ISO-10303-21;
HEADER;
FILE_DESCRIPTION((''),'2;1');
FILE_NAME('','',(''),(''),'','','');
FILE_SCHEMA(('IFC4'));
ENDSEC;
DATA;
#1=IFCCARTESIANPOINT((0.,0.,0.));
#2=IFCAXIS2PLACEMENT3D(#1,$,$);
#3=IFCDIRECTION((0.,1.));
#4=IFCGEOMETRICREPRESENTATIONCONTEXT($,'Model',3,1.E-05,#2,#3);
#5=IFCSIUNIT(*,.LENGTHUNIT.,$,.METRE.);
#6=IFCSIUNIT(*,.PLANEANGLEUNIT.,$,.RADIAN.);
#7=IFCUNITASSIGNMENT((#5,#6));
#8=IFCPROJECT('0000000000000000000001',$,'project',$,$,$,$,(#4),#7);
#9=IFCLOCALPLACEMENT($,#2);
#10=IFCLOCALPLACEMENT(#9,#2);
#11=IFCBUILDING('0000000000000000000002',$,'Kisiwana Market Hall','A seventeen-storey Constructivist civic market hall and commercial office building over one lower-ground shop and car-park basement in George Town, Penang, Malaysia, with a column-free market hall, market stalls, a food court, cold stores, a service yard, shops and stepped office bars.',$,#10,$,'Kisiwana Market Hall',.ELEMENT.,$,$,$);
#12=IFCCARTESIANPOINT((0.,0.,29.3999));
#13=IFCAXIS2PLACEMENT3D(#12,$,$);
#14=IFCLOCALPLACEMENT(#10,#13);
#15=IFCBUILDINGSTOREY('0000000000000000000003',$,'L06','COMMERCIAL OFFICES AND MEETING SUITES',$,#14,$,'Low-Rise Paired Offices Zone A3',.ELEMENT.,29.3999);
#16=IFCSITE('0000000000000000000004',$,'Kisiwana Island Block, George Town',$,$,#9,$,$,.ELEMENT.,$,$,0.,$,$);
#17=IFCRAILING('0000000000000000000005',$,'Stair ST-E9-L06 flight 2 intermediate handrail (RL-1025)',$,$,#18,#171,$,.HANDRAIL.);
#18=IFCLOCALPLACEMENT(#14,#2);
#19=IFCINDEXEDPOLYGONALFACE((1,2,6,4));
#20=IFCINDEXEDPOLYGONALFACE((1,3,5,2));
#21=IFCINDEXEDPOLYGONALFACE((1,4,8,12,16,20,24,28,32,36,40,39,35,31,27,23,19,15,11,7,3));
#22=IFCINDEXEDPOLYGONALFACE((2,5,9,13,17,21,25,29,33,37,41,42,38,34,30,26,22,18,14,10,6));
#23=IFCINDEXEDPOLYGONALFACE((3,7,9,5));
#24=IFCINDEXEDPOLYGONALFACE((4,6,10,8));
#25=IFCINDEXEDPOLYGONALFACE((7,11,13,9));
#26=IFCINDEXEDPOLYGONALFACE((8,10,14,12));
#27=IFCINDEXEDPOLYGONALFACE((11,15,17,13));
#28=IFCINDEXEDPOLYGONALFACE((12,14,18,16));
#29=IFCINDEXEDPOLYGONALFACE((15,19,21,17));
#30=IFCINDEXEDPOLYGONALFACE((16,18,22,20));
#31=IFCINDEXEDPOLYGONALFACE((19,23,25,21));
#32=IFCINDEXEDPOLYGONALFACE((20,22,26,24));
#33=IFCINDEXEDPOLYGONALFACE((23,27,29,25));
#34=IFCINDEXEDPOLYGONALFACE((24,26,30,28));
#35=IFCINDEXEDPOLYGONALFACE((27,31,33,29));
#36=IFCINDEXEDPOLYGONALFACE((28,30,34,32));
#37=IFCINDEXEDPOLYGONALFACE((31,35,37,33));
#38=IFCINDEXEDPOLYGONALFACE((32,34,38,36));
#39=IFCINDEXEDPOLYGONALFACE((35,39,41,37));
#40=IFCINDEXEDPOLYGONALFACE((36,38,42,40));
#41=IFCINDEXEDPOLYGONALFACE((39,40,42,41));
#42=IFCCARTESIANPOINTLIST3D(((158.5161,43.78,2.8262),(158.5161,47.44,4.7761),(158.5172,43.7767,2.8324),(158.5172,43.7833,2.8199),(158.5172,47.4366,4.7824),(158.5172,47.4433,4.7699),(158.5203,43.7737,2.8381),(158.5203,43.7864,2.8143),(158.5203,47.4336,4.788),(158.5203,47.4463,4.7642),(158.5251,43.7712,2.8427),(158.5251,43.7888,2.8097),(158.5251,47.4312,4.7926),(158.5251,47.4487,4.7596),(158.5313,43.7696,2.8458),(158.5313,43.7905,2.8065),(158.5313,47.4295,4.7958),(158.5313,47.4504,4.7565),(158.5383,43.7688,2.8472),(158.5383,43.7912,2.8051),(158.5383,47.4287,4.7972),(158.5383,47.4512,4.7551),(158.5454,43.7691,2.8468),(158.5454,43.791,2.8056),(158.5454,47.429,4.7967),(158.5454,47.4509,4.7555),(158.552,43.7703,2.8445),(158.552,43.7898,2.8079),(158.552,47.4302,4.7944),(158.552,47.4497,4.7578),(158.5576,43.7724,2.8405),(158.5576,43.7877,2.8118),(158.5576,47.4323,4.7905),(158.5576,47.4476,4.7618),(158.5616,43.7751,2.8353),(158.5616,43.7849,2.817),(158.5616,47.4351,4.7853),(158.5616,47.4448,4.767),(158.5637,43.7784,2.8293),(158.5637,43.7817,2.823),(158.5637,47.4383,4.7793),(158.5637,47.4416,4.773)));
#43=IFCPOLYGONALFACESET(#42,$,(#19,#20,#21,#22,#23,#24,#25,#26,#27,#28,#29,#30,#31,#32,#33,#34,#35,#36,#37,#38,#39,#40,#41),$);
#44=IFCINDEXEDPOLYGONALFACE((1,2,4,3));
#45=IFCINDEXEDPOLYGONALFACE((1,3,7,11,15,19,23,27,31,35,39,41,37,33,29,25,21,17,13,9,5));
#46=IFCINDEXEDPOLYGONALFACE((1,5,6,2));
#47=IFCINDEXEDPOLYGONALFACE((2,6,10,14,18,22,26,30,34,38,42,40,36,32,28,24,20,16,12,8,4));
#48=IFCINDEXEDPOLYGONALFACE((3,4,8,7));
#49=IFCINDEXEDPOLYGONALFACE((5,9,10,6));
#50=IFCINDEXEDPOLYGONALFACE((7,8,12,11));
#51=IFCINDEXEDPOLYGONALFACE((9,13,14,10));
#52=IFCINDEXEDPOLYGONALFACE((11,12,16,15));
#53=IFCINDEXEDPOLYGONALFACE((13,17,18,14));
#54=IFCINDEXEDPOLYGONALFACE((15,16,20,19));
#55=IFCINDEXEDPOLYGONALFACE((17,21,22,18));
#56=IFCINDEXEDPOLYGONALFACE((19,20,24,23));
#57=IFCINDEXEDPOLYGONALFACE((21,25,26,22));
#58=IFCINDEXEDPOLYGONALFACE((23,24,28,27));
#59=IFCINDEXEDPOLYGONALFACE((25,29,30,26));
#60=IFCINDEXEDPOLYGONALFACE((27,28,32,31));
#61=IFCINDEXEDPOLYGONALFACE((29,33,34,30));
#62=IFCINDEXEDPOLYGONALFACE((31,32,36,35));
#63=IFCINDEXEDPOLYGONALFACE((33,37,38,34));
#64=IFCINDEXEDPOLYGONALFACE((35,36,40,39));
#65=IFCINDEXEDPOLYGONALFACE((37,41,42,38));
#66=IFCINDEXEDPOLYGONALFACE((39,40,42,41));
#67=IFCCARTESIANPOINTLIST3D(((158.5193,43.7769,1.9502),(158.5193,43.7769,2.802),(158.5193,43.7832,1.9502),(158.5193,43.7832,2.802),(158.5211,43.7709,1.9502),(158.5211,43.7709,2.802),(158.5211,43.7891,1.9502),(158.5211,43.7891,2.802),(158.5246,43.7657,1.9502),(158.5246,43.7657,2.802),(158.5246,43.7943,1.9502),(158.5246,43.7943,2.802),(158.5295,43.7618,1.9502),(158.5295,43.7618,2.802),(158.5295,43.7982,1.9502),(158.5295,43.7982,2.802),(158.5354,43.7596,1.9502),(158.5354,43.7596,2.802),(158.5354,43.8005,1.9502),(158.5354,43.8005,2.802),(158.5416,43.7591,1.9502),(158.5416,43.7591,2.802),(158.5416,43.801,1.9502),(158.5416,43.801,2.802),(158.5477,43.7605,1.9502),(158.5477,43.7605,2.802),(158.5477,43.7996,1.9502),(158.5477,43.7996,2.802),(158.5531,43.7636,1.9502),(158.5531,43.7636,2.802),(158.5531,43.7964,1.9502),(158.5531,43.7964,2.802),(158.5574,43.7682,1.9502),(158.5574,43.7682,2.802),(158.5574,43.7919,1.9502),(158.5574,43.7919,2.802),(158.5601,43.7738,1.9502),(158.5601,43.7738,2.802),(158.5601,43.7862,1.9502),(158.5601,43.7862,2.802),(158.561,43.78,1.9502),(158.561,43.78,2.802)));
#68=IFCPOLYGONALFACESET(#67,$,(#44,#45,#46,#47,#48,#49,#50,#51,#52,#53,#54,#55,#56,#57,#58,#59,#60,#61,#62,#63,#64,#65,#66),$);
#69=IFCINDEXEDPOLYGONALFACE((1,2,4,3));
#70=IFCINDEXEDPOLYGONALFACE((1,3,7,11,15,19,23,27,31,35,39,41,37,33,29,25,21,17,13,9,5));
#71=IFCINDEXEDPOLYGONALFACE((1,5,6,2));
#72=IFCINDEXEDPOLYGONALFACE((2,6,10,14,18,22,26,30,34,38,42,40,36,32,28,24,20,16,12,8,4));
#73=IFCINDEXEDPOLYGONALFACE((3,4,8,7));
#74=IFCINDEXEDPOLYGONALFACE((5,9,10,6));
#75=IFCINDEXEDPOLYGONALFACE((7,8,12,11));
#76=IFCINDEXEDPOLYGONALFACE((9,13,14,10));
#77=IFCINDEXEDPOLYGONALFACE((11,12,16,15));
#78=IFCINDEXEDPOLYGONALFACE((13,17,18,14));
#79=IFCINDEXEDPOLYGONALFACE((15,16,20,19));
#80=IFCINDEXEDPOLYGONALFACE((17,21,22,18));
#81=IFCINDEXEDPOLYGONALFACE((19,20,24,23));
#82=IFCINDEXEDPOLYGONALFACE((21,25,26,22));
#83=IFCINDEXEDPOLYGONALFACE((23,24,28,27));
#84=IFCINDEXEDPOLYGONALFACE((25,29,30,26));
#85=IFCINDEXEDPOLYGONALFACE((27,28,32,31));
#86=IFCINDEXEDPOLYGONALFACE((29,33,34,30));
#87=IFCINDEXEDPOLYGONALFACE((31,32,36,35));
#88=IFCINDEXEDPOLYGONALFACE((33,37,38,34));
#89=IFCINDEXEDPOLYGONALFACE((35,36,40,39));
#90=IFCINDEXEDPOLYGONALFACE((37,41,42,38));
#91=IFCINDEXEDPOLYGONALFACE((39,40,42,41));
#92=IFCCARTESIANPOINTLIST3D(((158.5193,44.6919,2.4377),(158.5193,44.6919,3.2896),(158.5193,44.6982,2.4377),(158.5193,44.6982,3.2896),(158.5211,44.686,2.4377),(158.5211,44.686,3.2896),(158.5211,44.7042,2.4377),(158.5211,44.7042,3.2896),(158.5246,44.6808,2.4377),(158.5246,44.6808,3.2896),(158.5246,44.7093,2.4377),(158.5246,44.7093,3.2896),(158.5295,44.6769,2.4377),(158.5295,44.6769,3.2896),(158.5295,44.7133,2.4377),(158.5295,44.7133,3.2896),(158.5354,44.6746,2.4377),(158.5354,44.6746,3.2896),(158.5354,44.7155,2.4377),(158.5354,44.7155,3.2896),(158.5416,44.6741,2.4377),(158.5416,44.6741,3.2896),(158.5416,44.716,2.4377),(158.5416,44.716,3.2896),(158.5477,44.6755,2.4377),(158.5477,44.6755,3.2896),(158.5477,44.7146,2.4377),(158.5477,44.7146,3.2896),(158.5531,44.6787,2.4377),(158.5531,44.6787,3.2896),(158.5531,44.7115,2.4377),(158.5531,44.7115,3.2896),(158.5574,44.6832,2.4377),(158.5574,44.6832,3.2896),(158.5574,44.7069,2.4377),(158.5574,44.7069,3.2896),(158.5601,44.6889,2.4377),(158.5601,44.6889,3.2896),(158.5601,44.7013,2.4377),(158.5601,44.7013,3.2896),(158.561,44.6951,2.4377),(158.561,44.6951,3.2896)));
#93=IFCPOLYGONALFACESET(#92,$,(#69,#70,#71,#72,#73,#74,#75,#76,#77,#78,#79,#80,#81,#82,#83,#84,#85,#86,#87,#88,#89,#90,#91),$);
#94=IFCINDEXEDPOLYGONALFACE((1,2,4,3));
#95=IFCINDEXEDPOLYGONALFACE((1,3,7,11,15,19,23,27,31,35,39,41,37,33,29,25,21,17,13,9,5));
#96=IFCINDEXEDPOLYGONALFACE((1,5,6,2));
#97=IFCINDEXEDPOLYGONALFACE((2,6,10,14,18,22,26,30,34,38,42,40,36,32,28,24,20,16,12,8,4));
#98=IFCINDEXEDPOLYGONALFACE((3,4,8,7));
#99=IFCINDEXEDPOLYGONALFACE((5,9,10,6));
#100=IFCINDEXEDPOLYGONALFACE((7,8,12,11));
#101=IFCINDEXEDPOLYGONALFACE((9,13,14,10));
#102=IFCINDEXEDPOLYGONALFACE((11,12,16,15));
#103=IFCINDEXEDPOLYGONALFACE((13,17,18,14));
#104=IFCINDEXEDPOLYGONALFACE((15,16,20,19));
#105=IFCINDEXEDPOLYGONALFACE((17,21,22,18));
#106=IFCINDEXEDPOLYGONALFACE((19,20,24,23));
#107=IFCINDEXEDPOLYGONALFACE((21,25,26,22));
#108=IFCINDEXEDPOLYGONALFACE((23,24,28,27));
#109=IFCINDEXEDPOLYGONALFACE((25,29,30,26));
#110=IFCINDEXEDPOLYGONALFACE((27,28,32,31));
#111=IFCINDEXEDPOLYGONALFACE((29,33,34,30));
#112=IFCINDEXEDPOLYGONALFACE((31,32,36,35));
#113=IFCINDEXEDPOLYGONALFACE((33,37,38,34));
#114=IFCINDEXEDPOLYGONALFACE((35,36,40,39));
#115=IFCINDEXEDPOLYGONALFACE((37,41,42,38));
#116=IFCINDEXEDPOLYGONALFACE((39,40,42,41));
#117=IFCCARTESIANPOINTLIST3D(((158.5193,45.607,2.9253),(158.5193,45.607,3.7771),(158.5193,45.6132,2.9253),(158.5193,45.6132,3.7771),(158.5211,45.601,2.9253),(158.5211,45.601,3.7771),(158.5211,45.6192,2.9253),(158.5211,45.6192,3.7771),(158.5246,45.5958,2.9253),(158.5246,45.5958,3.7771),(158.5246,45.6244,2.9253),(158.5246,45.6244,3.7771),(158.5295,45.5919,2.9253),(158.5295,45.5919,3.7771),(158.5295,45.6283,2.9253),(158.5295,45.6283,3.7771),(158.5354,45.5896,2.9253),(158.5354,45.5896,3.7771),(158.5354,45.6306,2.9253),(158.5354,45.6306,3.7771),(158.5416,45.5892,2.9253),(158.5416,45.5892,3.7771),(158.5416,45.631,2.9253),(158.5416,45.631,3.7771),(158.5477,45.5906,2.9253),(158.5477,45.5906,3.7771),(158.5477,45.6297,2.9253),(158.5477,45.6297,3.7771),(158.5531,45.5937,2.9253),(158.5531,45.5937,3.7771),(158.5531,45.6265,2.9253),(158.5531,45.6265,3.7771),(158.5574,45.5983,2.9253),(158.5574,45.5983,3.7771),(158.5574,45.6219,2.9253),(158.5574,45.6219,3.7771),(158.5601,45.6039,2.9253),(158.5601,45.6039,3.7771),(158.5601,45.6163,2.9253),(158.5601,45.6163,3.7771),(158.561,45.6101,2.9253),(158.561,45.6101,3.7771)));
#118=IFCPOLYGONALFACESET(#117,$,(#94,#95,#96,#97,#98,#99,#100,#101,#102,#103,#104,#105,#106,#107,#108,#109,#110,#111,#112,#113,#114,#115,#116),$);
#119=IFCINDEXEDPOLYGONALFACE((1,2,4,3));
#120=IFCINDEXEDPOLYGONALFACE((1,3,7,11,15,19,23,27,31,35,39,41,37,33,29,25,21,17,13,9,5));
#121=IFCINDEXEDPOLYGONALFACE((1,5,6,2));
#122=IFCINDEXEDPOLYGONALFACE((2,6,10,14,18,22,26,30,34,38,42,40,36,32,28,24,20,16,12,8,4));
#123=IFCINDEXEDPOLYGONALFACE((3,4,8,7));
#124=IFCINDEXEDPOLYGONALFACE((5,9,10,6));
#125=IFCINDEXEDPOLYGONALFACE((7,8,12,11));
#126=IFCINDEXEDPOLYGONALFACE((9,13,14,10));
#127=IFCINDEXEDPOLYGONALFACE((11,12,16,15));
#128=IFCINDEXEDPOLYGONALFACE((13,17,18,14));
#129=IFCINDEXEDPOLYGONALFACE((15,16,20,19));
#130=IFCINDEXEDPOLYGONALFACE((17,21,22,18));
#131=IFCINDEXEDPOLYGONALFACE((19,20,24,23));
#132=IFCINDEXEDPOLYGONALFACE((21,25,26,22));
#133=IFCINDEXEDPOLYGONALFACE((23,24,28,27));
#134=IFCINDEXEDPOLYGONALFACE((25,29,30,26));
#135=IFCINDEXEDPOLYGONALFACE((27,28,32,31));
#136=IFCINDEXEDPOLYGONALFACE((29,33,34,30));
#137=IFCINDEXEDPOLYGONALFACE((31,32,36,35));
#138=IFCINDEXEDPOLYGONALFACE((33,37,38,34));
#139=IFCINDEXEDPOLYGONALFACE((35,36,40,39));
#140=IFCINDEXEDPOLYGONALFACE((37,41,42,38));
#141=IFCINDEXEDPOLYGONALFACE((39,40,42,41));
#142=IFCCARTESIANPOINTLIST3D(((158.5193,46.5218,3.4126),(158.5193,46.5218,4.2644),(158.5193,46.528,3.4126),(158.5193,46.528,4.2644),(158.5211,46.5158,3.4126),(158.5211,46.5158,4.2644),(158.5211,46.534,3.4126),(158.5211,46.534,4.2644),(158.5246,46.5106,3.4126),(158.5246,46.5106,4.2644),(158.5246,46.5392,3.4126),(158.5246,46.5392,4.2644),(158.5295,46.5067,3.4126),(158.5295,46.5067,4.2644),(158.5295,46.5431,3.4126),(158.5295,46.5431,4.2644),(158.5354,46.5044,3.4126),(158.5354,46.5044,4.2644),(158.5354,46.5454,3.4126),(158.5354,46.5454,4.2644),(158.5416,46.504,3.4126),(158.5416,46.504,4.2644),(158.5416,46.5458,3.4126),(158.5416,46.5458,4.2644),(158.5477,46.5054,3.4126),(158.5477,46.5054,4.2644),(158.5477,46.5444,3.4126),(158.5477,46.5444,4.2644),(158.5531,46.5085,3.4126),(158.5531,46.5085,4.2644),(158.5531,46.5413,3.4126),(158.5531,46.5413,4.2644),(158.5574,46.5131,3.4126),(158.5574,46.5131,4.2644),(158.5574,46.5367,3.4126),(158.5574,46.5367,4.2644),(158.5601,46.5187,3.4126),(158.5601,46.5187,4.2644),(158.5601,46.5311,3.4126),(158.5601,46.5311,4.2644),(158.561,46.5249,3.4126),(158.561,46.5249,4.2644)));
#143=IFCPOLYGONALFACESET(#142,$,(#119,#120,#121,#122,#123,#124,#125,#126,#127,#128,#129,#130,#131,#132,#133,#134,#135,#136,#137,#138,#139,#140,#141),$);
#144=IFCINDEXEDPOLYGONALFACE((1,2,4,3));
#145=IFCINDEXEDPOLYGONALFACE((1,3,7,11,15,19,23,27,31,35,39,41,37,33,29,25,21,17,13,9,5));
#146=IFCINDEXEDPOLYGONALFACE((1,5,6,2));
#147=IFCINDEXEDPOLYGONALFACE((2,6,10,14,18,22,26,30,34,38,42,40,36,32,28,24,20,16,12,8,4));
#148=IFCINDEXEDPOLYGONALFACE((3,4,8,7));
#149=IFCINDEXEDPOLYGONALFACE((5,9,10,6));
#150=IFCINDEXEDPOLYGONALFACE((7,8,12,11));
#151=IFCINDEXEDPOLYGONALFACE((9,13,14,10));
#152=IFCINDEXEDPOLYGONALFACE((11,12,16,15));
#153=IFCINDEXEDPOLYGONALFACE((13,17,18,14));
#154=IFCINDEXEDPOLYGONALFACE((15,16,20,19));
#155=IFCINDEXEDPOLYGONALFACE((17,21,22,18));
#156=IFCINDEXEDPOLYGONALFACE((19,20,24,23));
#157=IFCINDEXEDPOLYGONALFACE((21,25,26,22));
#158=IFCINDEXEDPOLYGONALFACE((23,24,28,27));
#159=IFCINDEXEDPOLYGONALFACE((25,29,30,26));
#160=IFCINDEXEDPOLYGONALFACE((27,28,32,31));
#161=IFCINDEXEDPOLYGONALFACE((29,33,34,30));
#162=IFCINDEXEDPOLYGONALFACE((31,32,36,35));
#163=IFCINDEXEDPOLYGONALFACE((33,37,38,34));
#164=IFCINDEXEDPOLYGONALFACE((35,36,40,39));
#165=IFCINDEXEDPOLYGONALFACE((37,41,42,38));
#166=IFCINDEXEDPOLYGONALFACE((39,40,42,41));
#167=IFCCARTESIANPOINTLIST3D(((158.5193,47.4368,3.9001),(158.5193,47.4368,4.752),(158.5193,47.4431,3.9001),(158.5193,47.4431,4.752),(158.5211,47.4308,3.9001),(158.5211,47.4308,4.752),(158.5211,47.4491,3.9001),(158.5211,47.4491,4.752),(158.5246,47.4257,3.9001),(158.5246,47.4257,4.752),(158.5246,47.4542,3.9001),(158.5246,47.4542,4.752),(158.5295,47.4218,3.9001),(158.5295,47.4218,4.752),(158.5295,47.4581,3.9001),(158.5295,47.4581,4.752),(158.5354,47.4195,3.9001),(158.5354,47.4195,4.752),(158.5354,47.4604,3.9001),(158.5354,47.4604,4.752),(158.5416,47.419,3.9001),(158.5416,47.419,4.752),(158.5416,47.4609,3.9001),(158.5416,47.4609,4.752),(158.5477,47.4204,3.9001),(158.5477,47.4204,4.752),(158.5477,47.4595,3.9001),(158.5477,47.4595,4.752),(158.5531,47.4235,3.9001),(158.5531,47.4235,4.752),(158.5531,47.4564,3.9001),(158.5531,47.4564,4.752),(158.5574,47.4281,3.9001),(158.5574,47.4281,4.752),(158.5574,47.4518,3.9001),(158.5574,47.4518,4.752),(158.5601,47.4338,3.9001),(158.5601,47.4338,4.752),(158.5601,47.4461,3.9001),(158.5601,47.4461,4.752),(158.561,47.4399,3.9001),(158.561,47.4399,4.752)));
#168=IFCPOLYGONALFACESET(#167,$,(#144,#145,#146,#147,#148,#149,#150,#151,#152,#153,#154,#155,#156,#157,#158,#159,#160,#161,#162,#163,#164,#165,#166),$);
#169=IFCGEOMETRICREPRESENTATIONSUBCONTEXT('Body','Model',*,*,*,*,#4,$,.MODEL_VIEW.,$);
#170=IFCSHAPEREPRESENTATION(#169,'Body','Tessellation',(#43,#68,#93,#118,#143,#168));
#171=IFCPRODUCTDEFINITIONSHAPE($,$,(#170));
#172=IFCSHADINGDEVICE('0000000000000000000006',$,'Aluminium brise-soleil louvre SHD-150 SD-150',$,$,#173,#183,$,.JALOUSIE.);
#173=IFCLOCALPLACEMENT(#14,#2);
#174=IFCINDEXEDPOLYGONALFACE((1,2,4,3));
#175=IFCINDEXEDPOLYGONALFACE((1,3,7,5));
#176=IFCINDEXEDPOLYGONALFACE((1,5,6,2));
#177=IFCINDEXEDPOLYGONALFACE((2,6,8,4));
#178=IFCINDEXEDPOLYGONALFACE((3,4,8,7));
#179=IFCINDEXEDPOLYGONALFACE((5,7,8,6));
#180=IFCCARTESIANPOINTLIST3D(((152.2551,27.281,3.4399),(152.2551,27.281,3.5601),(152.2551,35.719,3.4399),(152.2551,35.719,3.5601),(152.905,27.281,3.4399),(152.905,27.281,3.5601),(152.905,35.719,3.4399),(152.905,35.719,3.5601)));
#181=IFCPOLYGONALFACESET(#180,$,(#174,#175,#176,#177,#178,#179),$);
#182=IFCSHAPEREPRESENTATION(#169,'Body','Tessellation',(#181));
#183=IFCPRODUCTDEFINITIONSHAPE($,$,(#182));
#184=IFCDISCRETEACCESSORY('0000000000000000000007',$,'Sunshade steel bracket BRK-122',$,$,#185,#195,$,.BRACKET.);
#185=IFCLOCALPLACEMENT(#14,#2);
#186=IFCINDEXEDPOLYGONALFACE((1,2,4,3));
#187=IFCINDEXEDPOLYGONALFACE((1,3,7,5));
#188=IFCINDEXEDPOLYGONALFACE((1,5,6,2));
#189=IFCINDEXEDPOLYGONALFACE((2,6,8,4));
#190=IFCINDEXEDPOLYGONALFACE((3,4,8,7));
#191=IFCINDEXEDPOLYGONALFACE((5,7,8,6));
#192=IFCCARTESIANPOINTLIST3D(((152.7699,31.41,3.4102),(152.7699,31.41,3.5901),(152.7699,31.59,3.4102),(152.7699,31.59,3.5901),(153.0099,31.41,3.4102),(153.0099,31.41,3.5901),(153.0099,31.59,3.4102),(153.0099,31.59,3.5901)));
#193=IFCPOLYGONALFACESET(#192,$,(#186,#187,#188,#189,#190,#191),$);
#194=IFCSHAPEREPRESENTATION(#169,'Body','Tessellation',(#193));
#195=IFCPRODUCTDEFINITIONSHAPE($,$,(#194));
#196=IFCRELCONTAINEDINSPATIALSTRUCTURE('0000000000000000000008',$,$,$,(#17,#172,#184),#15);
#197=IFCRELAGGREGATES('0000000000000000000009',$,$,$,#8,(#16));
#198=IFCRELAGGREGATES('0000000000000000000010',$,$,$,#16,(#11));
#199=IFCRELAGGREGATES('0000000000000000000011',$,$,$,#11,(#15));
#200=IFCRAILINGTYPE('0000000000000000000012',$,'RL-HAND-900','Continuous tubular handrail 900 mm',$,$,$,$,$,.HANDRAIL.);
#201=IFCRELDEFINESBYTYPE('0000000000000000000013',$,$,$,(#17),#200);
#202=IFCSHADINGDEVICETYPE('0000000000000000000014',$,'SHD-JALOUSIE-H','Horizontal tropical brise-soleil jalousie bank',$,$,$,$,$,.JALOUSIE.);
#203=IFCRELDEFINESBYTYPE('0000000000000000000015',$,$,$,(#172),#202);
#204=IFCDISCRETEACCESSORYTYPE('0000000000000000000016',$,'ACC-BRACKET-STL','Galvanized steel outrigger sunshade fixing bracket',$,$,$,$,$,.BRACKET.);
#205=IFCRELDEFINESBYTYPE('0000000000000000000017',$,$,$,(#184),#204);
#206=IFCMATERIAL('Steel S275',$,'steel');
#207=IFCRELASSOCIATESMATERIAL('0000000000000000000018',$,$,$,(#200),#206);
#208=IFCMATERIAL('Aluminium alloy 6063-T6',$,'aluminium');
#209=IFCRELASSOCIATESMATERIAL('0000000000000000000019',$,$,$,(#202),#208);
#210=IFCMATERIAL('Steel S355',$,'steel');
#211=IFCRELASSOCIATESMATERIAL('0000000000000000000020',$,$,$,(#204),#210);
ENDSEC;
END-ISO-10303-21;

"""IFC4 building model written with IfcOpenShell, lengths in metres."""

from ifc_helpers import new_model, si_unit, direction, frame, origin, origin_2d, place, context, subcontext, project, spatial, rectangle, circle, extrude, material, type_object, element, save


model = new_model("IFC4")

# Units and contexts
model_context = context("Model", 3, precision=1e-05, world=origin(), true_north=direction((0.0, 1.0)))
body_context = subcontext(model_context, "Body", "Model", "MODEL_VIEW")
ifc_project = project(units=[si_unit("LENGTHUNIT", "METRE"), si_unit("PLANEANGLEUNIT", "RADIAN")], contexts=[model_context])

# Site, building, storey
site_placement = place(None, origin())
site = spatial("IfcSite", under=ifc_project, at=site_placement, Name="Kisiwana Island Block, George Town", CompositionType="ELEMENT", RefElevation=0.0)
building_placement = place(site_placement, origin())
building = spatial("IfcBuilding", under=site, at=building_placement, Name="Kisiwana Market Hall", Description="A seventeen-storey Constructivist civic market hall and commercial office building over one lower-ground shop and car-park basement in George Town, Penang, Malaysia, with a column-free market hall, market stalls, a food court, cold stores, a service yard, shops and stepped office bars.", LongName="Kisiwana Market Hall", CompositionType="ELEMENT")
storey_placement = place(building_placement, frame((0.0, 0.0, 29.3999)))
storey = spatial("IfcBuildingStorey", under=building, at=storey_placement, Name="L06", Description="COMMERCIAL OFFICES AND MEETING SUITES", LongName="Low-Rise Paired Offices Zone A3", CompositionType="ELEMENT", Elevation=29.3999)

# Railing
ifc_material_1 = material(Name="Steel S275", Category="steel")
railing_type_1 = type_object("IfcRailingType", Name="RL-HAND-900", Description="Continuous tubular handrail 900 mm", PredefinedType="HANDRAIL", material=ifc_material_1)
railing_1_placement = place(storey_placement, frame((158.54, 43.78, 1.9502)))
element("IfcRailing", 1, at=railing_1_placement, inside=storey, type_object=railing_type_1, Name="Stair ST-E9-L06 flight 2 intermediate handrail (RL-1025)", PredefinedType="HANDRAIL", context=body_context, shape_type="SweptSolid", body=[
    extrude(circle(Radius=0.0239, at=origin_2d()), frame((0.0, 0.0, 0.876), z_axis=(0.0, 0.882553, 0.470212), x_axis=(-1.0, 0.0, 0.0)), (0.0, 0.0, 1.0), 4.147),
    extrude(circle(Radius=0.021, at=origin_2d()), origin(), (0.0, 0.0, 1.0), 0.8518),
    extrude(circle(Radius=0.021, at=origin_2d()), frame((0.0, 0.915, 0.4875)), (0.0, 0.0, 1.0), 0.8518),
    extrude(circle(Radius=0.021, at=origin_2d()), frame((0.0, 1.8301, 0.9751)), (0.0, 0.0, 1.0), 0.8518),
    extrude(circle(Radius=0.021, at=origin_2d()), frame((0.0, 2.7449, 1.4624)), (0.0, 0.0, 1.0), 0.8518),
    extrude(circle(Radius=0.021, at=origin_2d()), frame((0.0, 3.6599, 1.95)), (0.0, 0.0, 1.0), 0.8518),
])

# Shading device
ifc_material_2 = material(Name="Aluminium alloy 6063-T6", Category="aluminium")
shading_device_type = type_object("IfcShadingDeviceType", Name="SHD-JALOUSIE-H", Description="Horizontal tropical brise-soleil jalousie bank", PredefinedType="JALOUSIE", material=ifc_material_2)
shading_device_placement = place(storey_placement, frame((152.5801, 31.5, 3.4399), z_axis=(0.0, 0.0, 1.0), x_axis=(0.0, 1.0, 0.0)))
element("IfcShadingDevice", 2, at=shading_device_placement, inside=storey, type_object=shading_device_type, Name="Aluminium brise-soleil louvre SHD-150 SD-150", PredefinedType="JALOUSIE", context=body_context, shape_type="SweptSolid", body=[
    extrude(rectangle(XDim=8.438, YDim=0.6499, at=origin_2d()), origin(), (0.0, 0.0, 1.0), 0.1201),
])

# Discrete accessory
ifc_material_3 = material(Name="Steel S355", Category="steel")
discrete_accessory_type = type_object("IfcDiscreteAccessoryType", Name="ACC-BRACKET-STL", Description="Galvanized steel outrigger sunshade fixing bracket", PredefinedType="BRACKET", material=ifc_material_3)
discrete_accessory_placement = place(storey_placement, frame((152.8899, 31.5, 3.4102), z_axis=(0.0, 0.0, 1.0), x_axis=(0.0, 1.0, 0.0)))
element("IfcDiscreteAccessory", 3, at=discrete_accessory_placement, inside=storey, type_object=discrete_accessory_type, Name="Sunshade steel bracket BRK-122", PredefinedType="BRACKET", context=body_context, shape_type="SweptSolid", body=[
    extrude(rectangle(XDim=0.1799, YDim=0.24, at=origin_2d()), origin(), (0.0, 0.0, 1.0), 0.1799),
])

save(model, "model.ifc")
